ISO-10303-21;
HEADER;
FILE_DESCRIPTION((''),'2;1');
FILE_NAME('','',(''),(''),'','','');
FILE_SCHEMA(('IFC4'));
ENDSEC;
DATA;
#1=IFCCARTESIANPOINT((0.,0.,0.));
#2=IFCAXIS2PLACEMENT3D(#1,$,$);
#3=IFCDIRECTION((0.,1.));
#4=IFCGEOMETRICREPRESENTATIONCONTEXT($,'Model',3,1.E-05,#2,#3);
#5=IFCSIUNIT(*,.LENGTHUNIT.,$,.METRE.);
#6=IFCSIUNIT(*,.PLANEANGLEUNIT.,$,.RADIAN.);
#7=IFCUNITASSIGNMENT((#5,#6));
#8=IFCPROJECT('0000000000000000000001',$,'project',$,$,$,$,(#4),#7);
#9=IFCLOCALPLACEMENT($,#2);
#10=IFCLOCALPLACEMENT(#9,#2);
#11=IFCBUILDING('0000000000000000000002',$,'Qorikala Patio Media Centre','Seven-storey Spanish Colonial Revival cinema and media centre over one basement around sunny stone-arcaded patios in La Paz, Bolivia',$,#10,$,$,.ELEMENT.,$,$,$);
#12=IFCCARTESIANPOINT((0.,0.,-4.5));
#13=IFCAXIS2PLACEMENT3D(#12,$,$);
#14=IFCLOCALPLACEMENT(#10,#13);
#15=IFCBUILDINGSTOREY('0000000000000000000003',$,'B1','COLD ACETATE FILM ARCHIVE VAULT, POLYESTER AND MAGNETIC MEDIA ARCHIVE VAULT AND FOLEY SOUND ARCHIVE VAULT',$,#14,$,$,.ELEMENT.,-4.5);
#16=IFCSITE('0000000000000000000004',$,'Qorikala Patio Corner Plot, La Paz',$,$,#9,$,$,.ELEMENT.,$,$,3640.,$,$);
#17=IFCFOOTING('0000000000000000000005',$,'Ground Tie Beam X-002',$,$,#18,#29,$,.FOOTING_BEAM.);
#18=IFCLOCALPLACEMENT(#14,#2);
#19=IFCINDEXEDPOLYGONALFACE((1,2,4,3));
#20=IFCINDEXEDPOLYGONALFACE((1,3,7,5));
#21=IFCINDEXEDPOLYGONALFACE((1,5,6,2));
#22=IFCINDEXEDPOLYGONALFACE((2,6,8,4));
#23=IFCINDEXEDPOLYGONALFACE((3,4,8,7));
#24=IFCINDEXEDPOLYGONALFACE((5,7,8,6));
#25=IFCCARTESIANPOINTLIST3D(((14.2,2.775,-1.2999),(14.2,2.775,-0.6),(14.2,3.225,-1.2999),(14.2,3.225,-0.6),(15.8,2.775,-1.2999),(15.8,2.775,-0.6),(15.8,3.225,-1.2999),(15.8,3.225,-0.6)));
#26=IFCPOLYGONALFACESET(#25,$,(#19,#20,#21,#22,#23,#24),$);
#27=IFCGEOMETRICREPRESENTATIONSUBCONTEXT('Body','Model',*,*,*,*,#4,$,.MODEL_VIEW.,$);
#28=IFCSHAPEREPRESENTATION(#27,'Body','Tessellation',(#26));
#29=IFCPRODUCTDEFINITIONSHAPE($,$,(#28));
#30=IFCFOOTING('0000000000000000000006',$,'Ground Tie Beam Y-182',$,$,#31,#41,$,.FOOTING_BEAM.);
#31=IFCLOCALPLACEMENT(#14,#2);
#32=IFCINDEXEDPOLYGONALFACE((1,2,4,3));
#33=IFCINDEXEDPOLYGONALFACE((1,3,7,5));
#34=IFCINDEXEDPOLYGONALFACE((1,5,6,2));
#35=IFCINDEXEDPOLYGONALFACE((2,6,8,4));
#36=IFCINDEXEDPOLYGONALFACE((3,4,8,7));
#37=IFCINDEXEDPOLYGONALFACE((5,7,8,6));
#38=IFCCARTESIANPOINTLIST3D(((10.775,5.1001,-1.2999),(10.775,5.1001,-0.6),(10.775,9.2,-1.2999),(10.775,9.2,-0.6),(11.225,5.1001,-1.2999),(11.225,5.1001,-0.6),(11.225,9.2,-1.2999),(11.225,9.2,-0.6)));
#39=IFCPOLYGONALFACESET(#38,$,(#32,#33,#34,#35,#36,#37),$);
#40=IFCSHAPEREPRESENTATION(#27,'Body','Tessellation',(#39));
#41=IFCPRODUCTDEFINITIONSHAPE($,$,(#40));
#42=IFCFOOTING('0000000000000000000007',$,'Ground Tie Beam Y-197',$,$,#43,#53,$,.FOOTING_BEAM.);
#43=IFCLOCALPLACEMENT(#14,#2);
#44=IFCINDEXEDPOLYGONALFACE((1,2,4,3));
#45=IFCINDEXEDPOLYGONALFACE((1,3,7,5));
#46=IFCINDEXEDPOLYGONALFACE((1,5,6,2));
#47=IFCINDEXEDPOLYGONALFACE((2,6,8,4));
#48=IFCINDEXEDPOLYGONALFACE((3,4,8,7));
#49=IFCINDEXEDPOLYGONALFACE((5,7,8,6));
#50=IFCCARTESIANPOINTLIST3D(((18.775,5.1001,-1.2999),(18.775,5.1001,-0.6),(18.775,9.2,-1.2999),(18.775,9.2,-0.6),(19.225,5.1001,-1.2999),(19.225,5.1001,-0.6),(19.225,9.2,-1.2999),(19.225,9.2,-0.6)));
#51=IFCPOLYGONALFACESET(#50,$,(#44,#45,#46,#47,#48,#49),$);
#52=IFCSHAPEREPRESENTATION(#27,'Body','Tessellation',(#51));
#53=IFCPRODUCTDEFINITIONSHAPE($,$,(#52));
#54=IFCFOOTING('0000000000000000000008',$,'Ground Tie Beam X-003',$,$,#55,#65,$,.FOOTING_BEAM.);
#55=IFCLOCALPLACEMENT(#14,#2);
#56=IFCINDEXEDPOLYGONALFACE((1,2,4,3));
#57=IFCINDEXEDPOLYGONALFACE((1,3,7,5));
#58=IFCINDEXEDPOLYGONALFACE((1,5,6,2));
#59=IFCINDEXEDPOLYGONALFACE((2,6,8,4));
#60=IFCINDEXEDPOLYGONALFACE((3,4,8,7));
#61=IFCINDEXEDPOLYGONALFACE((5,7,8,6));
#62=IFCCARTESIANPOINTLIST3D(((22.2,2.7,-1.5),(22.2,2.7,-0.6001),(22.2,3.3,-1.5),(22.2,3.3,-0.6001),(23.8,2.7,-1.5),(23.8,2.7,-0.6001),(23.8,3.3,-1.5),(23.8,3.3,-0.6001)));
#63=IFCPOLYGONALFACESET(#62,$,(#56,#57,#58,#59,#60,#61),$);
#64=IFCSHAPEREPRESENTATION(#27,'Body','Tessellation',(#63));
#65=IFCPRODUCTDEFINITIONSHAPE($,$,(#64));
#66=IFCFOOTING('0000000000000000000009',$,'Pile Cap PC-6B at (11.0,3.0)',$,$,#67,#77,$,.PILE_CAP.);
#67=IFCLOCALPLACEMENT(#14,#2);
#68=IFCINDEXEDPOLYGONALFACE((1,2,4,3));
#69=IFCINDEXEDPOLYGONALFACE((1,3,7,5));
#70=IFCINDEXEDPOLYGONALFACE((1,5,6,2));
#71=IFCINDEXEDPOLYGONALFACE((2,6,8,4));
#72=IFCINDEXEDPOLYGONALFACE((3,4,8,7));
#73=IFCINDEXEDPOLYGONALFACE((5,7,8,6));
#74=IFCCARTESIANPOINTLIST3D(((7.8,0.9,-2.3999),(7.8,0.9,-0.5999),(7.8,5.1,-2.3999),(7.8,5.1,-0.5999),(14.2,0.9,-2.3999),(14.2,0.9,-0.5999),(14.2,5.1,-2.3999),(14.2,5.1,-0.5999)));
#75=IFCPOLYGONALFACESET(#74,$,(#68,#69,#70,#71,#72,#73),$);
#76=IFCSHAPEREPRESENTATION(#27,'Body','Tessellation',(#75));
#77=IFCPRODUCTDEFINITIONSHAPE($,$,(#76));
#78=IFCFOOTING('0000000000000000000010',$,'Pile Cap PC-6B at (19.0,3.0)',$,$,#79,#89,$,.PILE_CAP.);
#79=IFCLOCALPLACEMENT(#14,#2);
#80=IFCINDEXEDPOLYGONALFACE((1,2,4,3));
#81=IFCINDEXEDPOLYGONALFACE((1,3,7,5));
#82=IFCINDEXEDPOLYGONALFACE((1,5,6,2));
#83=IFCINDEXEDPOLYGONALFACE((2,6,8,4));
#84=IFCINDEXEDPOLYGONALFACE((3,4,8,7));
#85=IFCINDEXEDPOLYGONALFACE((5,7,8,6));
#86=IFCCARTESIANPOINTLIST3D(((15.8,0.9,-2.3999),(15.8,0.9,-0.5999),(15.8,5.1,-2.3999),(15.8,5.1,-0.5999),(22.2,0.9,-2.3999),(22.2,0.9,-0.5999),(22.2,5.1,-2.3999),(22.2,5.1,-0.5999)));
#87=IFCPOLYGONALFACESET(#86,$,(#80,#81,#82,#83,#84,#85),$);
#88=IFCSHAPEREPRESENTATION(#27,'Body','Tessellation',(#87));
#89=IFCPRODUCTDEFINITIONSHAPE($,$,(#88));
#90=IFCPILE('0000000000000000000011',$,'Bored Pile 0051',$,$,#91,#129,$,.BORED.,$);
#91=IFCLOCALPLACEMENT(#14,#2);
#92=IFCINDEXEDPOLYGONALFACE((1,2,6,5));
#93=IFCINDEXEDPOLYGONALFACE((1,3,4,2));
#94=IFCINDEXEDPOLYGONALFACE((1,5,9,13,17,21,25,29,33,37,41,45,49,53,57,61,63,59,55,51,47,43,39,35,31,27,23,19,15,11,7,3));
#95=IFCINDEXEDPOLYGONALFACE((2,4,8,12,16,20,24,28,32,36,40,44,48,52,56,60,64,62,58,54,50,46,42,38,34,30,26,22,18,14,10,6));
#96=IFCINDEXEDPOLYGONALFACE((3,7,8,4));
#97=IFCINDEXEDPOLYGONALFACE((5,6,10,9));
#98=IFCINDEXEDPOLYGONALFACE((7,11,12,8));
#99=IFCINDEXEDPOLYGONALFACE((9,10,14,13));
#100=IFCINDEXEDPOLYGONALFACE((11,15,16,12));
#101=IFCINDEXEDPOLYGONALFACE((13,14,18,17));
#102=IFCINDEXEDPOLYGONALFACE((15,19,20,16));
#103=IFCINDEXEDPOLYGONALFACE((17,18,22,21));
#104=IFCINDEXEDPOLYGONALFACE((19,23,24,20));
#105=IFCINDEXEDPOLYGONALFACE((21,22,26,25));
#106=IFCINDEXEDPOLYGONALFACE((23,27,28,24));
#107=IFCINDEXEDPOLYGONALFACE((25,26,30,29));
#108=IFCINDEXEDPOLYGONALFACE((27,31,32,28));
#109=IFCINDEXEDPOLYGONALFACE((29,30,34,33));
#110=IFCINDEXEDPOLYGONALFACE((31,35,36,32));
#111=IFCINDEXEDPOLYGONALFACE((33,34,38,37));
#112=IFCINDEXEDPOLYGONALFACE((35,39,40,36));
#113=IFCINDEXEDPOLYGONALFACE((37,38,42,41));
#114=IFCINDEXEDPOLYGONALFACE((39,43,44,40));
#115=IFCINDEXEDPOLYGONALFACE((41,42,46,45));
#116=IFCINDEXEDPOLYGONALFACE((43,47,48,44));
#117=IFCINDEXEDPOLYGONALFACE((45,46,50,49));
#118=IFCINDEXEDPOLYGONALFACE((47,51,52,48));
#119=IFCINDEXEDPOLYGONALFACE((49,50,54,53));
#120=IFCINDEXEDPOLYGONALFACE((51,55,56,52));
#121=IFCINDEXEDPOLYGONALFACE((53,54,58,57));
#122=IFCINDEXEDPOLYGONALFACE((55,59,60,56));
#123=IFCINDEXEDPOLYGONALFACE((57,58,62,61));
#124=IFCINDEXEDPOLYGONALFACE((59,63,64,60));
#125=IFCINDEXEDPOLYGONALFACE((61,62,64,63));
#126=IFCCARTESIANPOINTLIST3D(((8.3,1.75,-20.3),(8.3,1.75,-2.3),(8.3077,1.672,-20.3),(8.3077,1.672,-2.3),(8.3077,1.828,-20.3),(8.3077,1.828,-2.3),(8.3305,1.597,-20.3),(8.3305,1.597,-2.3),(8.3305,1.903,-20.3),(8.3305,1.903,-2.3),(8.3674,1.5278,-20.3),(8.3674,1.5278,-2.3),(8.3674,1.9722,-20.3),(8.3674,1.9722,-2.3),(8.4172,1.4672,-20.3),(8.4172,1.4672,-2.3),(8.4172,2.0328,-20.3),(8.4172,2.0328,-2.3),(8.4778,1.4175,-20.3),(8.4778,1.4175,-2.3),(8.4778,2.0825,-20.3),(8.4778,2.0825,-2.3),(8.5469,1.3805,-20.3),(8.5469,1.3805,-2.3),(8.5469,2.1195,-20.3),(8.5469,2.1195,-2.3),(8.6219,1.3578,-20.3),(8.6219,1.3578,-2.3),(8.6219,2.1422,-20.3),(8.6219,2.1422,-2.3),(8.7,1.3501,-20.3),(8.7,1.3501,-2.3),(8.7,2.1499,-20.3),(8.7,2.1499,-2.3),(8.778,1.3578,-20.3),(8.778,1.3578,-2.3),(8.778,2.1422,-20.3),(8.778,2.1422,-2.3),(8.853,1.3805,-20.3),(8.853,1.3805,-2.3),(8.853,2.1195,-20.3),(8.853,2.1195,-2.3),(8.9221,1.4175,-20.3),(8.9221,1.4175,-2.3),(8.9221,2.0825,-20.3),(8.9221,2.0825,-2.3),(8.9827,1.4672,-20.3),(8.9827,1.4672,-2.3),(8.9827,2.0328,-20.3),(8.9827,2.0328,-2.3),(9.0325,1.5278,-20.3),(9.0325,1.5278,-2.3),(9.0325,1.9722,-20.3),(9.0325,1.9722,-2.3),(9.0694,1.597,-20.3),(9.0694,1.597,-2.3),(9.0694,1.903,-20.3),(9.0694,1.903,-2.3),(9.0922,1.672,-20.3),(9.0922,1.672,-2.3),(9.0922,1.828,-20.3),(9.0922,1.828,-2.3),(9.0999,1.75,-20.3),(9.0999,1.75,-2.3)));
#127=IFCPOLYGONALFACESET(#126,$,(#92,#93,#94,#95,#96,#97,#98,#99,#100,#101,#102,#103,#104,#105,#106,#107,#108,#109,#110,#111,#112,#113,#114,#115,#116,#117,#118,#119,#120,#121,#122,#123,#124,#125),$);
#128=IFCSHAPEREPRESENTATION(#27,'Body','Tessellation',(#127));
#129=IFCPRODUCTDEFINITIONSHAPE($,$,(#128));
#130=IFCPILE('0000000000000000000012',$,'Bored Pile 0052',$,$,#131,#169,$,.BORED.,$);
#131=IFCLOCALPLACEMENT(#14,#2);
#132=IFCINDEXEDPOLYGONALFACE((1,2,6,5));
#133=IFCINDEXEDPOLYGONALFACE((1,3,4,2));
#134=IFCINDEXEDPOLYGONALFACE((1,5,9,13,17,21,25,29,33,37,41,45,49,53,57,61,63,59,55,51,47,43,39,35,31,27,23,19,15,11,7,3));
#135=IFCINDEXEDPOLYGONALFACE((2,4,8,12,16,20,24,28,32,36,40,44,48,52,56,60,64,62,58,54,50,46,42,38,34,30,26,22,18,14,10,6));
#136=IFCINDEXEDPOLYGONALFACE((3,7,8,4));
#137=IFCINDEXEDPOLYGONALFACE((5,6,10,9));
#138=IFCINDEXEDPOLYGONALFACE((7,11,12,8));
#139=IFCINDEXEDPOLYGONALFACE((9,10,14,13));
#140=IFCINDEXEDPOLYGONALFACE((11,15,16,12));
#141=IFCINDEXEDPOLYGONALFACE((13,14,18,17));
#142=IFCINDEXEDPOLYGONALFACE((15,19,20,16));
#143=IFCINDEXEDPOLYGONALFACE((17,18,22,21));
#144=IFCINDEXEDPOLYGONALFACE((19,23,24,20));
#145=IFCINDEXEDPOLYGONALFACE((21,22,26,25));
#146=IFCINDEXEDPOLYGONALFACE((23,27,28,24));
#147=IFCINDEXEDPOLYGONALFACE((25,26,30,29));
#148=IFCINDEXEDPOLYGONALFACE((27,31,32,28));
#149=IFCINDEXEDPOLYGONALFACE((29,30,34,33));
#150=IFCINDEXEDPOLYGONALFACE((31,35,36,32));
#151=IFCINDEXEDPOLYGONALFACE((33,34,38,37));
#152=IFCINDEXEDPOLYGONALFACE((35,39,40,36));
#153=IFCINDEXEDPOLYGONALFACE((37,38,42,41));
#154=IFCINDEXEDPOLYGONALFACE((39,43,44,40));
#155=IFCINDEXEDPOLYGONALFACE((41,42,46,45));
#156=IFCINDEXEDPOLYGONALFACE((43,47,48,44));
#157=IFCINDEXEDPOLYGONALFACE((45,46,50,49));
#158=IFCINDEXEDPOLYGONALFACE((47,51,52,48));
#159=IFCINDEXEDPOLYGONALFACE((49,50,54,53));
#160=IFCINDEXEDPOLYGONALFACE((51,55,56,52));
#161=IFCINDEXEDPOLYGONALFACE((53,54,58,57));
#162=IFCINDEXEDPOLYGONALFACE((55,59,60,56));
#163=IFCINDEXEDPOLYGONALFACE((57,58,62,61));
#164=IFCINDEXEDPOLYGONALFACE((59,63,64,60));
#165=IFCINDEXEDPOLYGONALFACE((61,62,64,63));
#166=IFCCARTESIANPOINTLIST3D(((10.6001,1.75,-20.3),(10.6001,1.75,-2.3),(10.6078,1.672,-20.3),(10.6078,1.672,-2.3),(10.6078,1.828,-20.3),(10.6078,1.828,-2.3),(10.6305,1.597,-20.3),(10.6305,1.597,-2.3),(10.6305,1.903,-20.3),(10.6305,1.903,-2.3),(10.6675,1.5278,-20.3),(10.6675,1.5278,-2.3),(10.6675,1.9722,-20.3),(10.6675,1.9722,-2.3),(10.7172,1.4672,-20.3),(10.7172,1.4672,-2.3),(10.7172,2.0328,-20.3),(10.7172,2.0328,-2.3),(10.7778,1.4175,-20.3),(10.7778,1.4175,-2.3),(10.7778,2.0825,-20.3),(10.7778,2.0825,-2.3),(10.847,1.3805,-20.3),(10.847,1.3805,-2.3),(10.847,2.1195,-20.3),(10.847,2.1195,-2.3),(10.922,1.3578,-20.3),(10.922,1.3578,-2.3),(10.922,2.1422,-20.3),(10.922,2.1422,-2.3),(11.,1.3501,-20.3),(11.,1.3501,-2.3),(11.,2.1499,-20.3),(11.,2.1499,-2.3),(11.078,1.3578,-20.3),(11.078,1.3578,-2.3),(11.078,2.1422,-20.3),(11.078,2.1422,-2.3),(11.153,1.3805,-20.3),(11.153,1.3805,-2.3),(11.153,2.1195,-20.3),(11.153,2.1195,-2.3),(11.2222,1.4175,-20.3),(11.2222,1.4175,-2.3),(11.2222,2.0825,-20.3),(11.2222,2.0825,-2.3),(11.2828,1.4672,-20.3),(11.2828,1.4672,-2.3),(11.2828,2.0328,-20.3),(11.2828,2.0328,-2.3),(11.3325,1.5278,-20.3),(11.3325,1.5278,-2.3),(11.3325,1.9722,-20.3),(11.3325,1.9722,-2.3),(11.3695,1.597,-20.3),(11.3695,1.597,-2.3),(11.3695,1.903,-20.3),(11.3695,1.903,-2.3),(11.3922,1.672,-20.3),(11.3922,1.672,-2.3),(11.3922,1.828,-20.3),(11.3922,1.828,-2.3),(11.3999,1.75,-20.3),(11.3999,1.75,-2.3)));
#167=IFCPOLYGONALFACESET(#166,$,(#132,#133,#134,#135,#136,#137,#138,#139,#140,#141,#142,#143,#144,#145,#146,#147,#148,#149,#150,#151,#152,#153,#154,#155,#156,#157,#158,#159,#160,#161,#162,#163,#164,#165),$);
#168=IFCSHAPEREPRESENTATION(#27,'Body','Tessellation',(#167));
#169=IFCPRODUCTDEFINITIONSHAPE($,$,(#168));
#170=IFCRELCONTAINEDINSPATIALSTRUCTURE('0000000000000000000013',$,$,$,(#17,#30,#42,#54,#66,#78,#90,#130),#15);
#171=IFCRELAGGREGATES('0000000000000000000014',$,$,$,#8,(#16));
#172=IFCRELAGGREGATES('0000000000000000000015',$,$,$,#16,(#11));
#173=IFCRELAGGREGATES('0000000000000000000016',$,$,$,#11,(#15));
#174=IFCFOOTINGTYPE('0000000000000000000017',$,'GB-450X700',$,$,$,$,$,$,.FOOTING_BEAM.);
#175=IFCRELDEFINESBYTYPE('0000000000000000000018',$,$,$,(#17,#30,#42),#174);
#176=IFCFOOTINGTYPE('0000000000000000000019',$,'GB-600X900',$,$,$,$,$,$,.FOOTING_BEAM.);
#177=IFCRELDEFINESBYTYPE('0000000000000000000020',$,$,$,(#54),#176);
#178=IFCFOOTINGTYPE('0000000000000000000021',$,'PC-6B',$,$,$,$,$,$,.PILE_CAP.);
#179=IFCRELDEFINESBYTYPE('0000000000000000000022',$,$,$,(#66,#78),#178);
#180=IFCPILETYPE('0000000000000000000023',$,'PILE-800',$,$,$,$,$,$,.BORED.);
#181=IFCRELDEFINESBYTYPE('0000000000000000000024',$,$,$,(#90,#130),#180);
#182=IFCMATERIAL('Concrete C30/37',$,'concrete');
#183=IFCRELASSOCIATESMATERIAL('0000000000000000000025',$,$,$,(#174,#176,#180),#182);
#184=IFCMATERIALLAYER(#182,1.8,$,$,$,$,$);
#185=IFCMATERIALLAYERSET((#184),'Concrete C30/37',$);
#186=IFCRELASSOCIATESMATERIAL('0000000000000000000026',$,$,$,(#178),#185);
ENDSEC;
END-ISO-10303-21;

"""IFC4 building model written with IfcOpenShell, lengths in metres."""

from ifc_helpers import new_model, si_unit, direction, frame, origin, origin_2d, place, context, subcontext, project, spatial, rectangle, circle, extrude, material, layer, layer_set, material_profile, profile_set, type_object, element, save


model = new_model("IFC4")

# Units and contexts
model_context = context("Model", 3, precision=1e-05, world=origin(), true_north=direction((0.0, 1.0)))
body_context = subcontext(model_context, "Body", "Model", "MODEL_VIEW")
ifc_project = project(units=[si_unit("LENGTHUNIT", "METRE"), si_unit("PLANEANGLEUNIT", "RADIAN")], contexts=[model_context])

# Site, building, storey
site_placement = place(None, origin())
site = spatial("IfcSite", under=ifc_project, at=site_placement, Name="Qorikala Patio Corner Plot, La Paz", CompositionType="ELEMENT", RefElevation=3640.0)
building_placement = place(site_placement, origin())
building = spatial("IfcBuilding", under=site, at=building_placement, Name="Qorikala Patio Media Centre", Description="Seven-storey Spanish Colonial Revival cinema and media centre over one basement around sunny stone-arcaded patios in La Paz, Bolivia", CompositionType="ELEMENT")
storey_placement = place(building_placement, frame((0.0, 0.0, -4.5)))
storey = spatial("IfcBuildingStorey", under=building, at=storey_placement, Name="B1", Description="COLD ACETATE FILM ARCHIVE VAULT, POLYESTER AND MAGNETIC MEDIA ARCHIVE VAULT AND FOLEY SOUND ARCHIVE VAULT", CompositionType="ELEMENT", Elevation=-4.5)

# Footings
ifc_material_1 = material(Name="Concrete C30/37", Category="concrete")
ifc_material_profile_1 = material_profile(ifc_material_1, rectangle(XDim=0.45, YDim=0.7, at=origin_2d()), Name="RC 450x700")
ifc_profile_set_1 = profile_set([ifc_material_profile_1], Name="Concrete C30/37")
footing_type_1 = type_object("IfcFootingType", Name="GB-450X700", PredefinedType="FOOTING_BEAM", material=ifc_profile_set_1)
footing_1_placement = place(storey_placement, frame((14.2, 3.0, -0.95), z_axis=(1.0, 0.0, 0.0), x_axis=(0.0, 1.0, 0.0)))
element("IfcFooting", 1, at=footing_1_placement, inside=storey, type_object=footing_type_1, Name="Ground Tie Beam X-002", PredefinedType="FOOTING_BEAM", context=body_context, shape_type="SweptSolid", body=[
    extrude(rectangle(XDim=0.45, YDim=0.7, at=origin_2d()), origin(), (0.0, 0.0, 1.0), 1.6001),
])
for number, where, z_axis, x_axis, name in (
    (2, (11.0, 5.1001, -0.95), (0.0, 1.0, 0.0), (-1.0, 0.0, 0.0), "Ground Tie Beam Y-182"),
    (3, (19.0, 5.1001, -0.95), (0.0, 1.0, 0.0), (-1.0, 0.0, 0.0), "Ground Tie Beam Y-197"),
):
    element("IfcFooting", number, at=place(storey_placement, frame(where, z_axis=z_axis, x_axis=x_axis)), inside=storey, type_object=footing_type_1, Name=name, PredefinedType="FOOTING_BEAM", context=body_context, shape_type="SweptSolid", body=[
        extrude(rectangle(XDim=0.45, YDim=0.7, at=origin_2d()), origin(), (0.0, 0.0, 1.0), 4.0999),
    ])
ifc_material_profile_2 = material_profile(ifc_material_1, rectangle(XDim=0.6001, YDim=0.8999, at=origin_2d()), Name="RC 600x900")
ifc_profile_set_2 = profile_set([ifc_material_profile_2], Name="Concrete C30/37")
footing_type_2 = type_object("IfcFootingType", Name="GB-600X900", PredefinedType="FOOTING_BEAM", material=ifc_profile_set_2)
footing_2_placement = place(storey_placement, frame((22.2, 3.0, -1.05), z_axis=(1.0, 0.0, 0.0), x_axis=(0.0, 1.0, 0.0)))
element("IfcFooting", 4, at=footing_2_placement, inside=storey, type_object=footing_type_2, Name="Ground Tie Beam X-003", PredefinedType="FOOTING_BEAM", context=body_context, shape_type="SweptSolid", body=[
    extrude(rectangle(XDim=0.6001, YDim=0.8999, at=origin_2d()), origin(), (0.0, 0.0, 1.0), 1.6001),
])
ifc_layer_1 = layer(ifc_material_1, 1.8)
ifc_layer_set_1 = layer_set([ifc_layer_1], Name="Concrete C30/37")
footing_type_3 = type_object("IfcFootingType", Name="PC-6B", PredefinedType="PILE_CAP", material=ifc_layer_set_1)
for number, where, z_axis, x_axis, name in (
    (5, (11.0, 3.0, -2.3999), (0.0, 0.0, 1.0), (1.0, 0.0, 0.0), "Pile Cap PC-6B at (11.0,3.0)"),
    (6, (19.0, 3.0, -2.3999), (0.0, 0.0, 1.0), (1.0, 0.0, 0.0), "Pile Cap PC-6B at (19.0,3.0)"),
):
    element("IfcFooting", number, at=place(storey_placement, frame(where, z_axis=z_axis, x_axis=x_axis)), inside=storey, type_object=footing_type_3, Name=name, PredefinedType="PILE_CAP", context=body_context, shape_type="SweptSolid", body=[
        extrude(rectangle(XDim=6.3999, YDim=4.2, at=origin_2d()), origin(), (0.0, 0.0, 1.0), 1.8),
    ])

# Piles
ifc_material_profile_3 = material_profile(ifc_material_1, circle(Radius=0.3999, at=origin_2d()), Name="BORED PILE 800")
ifc_profile_set_3 = profile_set([ifc_material_profile_3], Name="Concrete C30/37")
pile_type = type_object("IfcPileType", Name="PILE-800", PredefinedType="BORED", material=ifc_profile_set_3)
for number, where, z_axis, x_axis, name in (
    (7, (8.7, 1.75, -2.3), (0.0, 0.0, -1.0), (1.0, 0.0, 0.0), "Bored Pile 0051"),
    (8, (11.0, 1.75, -2.3), (0.0, 0.0, -1.0), (1.0, 0.0, 0.0), "Bored Pile 0052"),
):
    element("IfcPile", number, at=place(storey_placement, frame(where, z_axis=z_axis, x_axis=x_axis)), inside=storey, type_object=pile_type, Name=name, PredefinedType="BORED", context=body_context, shape_type="SweptSolid", body=[
        extrude(circle(Radius=0.3999, at=origin_2d()), origin(), (0.0, 0.0, 1.0), 18.0),
    ])

save(model, "model.ifc")
